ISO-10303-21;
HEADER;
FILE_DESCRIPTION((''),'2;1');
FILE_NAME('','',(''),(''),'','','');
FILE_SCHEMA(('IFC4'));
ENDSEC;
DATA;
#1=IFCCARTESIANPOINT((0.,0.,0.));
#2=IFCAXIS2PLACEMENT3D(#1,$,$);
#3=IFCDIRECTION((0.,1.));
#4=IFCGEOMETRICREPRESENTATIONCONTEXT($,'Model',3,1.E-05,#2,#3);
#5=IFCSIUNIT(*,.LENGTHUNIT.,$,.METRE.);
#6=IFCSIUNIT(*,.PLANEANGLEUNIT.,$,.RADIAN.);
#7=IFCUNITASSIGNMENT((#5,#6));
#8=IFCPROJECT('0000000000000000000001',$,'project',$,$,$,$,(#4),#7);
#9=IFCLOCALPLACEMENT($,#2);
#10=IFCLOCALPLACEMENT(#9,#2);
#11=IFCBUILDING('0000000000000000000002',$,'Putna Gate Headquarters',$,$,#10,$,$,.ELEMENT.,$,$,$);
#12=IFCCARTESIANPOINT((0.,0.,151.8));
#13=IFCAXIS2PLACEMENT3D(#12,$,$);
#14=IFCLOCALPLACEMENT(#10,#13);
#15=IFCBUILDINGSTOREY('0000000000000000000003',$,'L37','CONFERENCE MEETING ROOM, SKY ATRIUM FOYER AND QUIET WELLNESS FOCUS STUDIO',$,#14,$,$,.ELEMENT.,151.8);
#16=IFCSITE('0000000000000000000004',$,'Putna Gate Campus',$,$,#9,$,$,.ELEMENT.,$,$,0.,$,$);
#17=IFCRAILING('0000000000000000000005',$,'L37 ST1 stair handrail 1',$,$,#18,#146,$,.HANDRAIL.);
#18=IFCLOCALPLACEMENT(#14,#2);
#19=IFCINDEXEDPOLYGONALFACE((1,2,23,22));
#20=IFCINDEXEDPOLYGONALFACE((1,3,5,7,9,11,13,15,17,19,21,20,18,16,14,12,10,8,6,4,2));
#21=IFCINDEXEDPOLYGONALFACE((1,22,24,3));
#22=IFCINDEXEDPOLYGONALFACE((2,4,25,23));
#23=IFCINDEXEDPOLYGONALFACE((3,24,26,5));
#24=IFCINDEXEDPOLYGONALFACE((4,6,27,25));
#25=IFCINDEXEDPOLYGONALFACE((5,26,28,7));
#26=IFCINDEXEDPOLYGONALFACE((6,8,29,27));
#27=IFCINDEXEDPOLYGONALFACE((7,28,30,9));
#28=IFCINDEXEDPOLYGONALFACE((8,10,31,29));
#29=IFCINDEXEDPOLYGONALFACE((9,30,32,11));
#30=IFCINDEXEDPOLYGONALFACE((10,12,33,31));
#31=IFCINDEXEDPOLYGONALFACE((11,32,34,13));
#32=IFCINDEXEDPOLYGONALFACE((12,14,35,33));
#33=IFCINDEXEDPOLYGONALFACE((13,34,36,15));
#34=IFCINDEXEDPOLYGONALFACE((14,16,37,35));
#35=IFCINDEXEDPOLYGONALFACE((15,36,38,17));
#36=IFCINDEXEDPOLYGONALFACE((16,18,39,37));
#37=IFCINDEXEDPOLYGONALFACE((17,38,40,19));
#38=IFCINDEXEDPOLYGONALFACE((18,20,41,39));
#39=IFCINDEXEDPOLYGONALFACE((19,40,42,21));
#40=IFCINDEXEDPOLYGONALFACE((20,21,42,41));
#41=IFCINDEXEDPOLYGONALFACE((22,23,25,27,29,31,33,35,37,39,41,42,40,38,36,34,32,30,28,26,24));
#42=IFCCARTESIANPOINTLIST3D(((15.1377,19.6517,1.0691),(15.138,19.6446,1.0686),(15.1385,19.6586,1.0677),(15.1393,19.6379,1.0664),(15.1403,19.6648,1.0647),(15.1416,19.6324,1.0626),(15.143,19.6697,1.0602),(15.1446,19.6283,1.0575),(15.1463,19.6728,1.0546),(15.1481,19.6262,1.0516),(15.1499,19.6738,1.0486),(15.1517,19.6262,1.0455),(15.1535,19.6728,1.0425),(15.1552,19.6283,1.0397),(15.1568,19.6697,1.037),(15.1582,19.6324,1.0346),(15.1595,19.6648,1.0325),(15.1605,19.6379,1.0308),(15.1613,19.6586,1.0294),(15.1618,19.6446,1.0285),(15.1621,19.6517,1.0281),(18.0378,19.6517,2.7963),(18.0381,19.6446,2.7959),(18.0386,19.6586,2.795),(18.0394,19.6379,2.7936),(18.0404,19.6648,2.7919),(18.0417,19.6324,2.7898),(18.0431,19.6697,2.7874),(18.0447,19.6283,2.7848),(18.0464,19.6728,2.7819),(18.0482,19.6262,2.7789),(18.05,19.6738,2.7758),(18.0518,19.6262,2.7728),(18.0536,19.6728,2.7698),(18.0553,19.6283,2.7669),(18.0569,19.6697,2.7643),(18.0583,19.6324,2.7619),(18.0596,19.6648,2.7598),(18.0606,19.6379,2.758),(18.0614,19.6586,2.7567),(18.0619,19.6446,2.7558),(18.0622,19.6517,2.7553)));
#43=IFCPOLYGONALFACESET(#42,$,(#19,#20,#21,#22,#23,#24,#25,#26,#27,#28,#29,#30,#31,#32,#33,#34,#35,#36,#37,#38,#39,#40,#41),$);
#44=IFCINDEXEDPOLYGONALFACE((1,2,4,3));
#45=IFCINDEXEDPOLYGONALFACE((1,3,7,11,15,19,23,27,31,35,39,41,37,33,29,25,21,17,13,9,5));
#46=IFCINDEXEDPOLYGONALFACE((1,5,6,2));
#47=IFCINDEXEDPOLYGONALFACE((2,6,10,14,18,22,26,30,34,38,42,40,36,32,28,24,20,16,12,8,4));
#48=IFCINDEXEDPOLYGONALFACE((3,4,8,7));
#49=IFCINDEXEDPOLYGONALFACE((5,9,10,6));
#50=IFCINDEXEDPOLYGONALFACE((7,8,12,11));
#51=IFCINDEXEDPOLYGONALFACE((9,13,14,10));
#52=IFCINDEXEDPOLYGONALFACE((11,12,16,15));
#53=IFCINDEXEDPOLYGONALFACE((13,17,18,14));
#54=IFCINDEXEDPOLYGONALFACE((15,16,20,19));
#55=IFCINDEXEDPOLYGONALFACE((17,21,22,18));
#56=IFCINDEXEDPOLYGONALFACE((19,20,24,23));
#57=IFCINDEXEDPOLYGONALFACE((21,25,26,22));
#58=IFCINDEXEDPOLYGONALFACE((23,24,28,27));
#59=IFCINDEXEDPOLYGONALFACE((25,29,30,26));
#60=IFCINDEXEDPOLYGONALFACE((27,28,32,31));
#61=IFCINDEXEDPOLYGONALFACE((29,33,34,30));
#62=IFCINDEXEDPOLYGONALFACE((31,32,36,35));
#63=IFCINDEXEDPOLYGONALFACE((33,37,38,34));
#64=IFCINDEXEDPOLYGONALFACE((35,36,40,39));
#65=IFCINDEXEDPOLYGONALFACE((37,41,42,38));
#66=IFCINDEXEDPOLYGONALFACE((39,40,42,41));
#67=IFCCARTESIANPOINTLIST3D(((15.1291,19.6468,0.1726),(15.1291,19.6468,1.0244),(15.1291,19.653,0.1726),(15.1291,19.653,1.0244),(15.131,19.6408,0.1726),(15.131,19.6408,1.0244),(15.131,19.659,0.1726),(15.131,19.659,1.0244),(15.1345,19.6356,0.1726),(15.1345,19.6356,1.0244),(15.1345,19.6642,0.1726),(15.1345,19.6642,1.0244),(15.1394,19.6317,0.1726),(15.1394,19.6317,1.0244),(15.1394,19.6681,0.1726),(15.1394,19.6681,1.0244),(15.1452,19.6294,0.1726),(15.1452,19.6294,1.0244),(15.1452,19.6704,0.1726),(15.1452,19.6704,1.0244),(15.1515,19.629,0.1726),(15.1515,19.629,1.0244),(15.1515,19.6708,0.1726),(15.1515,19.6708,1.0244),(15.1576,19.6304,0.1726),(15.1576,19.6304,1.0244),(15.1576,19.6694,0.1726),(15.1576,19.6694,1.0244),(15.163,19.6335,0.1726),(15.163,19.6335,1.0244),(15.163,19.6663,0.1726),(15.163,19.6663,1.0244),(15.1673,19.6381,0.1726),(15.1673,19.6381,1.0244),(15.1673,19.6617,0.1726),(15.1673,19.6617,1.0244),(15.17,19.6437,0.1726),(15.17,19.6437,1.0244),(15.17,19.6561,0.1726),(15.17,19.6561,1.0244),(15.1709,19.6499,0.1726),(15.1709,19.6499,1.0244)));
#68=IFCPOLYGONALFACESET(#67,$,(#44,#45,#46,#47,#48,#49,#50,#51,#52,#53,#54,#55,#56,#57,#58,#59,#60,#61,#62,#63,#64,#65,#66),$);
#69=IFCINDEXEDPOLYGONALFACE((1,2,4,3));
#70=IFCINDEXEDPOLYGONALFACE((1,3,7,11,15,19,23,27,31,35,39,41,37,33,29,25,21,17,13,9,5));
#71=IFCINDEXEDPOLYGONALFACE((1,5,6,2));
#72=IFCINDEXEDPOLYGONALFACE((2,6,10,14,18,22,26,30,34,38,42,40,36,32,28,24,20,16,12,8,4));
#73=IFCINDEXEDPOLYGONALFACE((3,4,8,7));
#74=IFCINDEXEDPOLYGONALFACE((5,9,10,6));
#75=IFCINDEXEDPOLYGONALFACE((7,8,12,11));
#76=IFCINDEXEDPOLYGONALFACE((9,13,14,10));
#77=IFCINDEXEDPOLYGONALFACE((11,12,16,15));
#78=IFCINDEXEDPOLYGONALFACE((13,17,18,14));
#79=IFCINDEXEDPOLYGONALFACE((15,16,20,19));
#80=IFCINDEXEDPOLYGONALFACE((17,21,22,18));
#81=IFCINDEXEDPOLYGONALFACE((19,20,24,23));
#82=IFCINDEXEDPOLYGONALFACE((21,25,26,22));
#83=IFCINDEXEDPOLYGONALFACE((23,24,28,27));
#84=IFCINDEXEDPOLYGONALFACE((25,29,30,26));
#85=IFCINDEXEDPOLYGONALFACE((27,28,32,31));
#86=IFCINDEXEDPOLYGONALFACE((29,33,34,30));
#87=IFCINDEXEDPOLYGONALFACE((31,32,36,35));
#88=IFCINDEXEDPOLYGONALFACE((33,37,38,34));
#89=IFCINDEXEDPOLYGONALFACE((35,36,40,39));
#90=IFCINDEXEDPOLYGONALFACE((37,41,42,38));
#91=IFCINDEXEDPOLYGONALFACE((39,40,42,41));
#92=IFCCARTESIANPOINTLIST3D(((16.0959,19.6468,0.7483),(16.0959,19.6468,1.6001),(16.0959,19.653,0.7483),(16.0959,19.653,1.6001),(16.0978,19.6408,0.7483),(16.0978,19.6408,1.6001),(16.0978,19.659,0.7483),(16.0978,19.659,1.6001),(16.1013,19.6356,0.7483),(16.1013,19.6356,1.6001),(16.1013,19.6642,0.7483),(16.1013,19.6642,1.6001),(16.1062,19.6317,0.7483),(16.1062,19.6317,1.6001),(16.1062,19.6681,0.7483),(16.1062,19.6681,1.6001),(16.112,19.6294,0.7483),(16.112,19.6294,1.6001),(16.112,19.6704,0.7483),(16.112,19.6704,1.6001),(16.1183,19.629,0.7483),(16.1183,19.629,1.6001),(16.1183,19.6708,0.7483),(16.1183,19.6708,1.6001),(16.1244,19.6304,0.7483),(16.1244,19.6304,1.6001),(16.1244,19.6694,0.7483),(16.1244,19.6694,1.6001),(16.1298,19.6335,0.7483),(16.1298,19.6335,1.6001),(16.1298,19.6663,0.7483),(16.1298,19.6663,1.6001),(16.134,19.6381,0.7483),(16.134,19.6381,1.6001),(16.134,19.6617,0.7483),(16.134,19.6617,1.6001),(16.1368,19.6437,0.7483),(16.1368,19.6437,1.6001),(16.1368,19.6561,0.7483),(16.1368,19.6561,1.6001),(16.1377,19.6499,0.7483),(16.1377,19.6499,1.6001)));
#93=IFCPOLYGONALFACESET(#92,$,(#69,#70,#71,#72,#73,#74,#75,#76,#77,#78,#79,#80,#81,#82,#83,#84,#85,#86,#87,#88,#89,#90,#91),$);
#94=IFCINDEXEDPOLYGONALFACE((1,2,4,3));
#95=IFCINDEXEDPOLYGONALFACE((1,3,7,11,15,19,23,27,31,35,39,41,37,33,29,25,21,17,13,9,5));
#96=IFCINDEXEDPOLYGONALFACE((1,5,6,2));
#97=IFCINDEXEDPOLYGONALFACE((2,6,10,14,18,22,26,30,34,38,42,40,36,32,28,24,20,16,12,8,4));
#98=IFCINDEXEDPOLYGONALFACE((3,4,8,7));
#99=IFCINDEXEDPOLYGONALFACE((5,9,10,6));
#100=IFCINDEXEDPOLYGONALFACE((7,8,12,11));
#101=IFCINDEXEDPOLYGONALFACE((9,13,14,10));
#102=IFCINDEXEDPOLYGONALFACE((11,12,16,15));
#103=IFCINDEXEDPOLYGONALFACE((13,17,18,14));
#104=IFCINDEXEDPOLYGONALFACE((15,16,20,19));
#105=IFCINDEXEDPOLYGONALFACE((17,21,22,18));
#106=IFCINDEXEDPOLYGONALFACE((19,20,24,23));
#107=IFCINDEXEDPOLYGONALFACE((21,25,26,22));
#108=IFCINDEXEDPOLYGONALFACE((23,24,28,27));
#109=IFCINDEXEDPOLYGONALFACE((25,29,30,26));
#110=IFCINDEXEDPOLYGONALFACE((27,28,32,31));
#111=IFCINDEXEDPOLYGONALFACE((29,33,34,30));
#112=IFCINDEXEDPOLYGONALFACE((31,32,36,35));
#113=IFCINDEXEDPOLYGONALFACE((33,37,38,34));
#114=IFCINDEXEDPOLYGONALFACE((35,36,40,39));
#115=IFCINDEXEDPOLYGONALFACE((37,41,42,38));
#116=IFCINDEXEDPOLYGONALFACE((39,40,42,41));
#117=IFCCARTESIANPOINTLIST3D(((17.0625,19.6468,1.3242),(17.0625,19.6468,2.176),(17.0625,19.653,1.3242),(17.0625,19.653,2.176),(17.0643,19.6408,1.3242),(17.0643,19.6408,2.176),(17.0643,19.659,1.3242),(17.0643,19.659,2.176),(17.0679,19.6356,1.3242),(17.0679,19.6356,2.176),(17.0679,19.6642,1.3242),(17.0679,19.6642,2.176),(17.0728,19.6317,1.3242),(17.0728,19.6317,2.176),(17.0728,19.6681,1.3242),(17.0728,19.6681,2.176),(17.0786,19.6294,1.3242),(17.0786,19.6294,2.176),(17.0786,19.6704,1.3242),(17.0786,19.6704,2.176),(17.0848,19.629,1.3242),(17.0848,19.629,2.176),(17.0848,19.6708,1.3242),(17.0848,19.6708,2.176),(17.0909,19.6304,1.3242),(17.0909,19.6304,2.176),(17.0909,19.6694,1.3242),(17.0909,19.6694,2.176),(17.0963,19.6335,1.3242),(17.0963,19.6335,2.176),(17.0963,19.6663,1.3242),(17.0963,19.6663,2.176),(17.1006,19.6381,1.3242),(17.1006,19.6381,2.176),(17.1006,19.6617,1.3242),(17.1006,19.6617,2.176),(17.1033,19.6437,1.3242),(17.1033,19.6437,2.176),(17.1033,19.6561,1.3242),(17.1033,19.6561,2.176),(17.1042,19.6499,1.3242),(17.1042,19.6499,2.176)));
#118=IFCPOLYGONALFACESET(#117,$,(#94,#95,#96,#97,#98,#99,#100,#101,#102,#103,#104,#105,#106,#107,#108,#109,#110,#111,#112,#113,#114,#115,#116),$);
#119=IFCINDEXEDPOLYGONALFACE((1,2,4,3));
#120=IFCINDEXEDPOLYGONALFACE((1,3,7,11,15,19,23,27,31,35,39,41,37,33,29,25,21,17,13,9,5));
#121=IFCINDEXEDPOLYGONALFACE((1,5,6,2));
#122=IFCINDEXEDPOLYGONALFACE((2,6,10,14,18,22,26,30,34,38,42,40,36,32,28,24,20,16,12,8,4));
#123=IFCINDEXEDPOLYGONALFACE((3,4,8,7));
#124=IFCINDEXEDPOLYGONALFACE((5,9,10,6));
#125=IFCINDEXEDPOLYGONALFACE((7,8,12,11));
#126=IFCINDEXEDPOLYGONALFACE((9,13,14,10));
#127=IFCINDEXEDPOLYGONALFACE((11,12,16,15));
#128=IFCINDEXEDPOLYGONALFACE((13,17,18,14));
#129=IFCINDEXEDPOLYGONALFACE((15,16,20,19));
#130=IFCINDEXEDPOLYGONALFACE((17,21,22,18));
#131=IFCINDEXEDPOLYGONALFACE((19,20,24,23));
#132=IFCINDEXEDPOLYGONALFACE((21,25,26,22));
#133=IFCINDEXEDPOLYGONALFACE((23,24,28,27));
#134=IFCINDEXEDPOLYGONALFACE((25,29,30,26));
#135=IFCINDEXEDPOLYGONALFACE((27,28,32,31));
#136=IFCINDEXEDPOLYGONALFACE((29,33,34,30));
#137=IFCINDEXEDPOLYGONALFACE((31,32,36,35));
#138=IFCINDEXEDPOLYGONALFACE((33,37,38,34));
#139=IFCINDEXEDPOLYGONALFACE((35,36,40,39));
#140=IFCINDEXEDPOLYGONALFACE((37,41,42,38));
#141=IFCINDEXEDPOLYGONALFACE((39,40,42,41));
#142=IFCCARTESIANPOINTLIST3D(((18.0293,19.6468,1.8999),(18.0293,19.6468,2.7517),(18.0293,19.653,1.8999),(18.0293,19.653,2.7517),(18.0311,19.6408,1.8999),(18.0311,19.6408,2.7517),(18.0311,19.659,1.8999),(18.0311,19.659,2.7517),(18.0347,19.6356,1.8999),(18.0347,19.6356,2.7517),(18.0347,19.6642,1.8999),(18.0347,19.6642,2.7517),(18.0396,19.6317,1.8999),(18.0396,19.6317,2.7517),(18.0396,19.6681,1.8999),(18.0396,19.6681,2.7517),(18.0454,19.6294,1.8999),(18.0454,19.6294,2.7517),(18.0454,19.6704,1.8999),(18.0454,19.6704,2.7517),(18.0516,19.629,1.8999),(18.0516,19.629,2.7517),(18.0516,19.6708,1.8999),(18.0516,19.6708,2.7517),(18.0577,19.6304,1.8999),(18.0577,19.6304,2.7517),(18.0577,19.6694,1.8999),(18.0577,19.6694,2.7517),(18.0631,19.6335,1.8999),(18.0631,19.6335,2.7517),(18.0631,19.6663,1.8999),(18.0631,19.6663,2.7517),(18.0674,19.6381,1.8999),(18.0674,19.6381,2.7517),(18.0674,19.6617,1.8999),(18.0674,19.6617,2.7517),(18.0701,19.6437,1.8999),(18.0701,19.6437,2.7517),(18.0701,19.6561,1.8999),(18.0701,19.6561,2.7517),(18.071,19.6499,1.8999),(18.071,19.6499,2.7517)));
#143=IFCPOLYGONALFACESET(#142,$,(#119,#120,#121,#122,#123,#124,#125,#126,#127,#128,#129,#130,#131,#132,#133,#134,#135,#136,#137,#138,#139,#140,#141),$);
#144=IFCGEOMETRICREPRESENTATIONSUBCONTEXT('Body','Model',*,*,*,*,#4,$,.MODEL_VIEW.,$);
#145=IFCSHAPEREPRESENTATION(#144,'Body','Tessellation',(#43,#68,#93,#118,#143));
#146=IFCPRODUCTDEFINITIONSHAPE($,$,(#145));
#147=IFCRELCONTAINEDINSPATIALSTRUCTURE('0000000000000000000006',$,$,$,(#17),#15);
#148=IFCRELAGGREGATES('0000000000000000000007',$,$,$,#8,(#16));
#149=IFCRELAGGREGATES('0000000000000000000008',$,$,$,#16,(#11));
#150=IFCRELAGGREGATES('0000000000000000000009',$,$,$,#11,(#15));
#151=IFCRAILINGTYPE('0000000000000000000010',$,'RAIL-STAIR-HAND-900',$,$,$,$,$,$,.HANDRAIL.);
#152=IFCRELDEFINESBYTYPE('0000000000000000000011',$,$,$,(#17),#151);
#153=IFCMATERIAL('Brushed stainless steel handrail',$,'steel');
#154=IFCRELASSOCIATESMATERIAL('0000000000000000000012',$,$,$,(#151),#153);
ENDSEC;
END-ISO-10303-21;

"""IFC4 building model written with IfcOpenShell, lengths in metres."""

from ifc_helpers import new_model, si_unit, direction, frame, origin, origin_2d, place, context, subcontext, project, spatial, circle, extrude, material, type_object, element, save


model = new_model("IFC4")

# Units and contexts
model_context = context("Model", 3, precision=1e-05, world=origin(), true_north=direction((0.0, 1.0)))
body_context = subcontext(model_context, "Body", "Model", "MODEL_VIEW")
ifc_project = project(units=[si_unit("LENGTHUNIT", "METRE"), si_unit("PLANEANGLEUNIT", "RADIAN")], contexts=[model_context])

# Site, building, storey
site_placement = place(None, origin())
site = spatial("IfcSite", under=ifc_project, at=site_placement, Name="Putna Gate Campus", CompositionType="ELEMENT", RefElevation=0.0)
building_placement = place(site_placement, origin())
building = spatial("IfcBuilding", under=site, at=building_placement, Name="Putna Gate Headquarters", CompositionType="ELEMENT")
storey_placement = place(building_placement, frame((0.0, 0.0, 151.8)))
storey = spatial("IfcBuildingStorey", under=building, at=storey_placement, Name="L37", Description="CONFERENCE MEETING ROOM, SKY ATRIUM FOYER AND QUIET WELLNESS FOCUS STUDIO", CompositionType="ELEMENT", Elevation=151.8)

# Railing
ifc_material_1 = material(Name="Brushed stainless steel handrail", Category="steel")
railing_type_1 = type_object("IfcRailingType", Name="RAIL-STAIR-HAND-900", PredefinedType="HANDRAIL", material=ifc_material_1)
railing_1_placement = place(storey_placement, frame((15.1499, 19.6499, 0.1726)))
element("IfcRailing", 1, at=railing_1_placement, inside=storey, type_object=railing_type_1, Name="L37 ST1 stair handrail 1", PredefinedType="HANDRAIL", context=body_context, shape_type="SweptSolid", body=[
    extrude(circle(Radius=0.0239, at=origin_2d()), frame((0.0, 0.0, 0.876), z_axis=(0.85916, 0.0, 0.511706), x_axis=(0.0, 1.0, 0.0)), (0.0, 0.0, 1.0), 3.3755),
    extrude(circle(Radius=0.021, at=origin_2d()), origin(), (0.0, 0.0, 1.0), 0.8518),
    extrude(circle(Radius=0.021, at=origin_2d()), frame((0.9668, 0.0, 0.5757)), (0.0, 0.0, 1.0), 0.8518),
    extrude(circle(Radius=0.021, at=origin_2d()), frame((1.9333, 0.0, 1.1516)), (0.0, 0.0, 1.0), 0.8518),
    extrude(circle(Radius=0.021, at=origin_2d()), frame((2.9001, 0.0, 1.7273)), (0.0, 0.0, 1.0), 0.8518),
])

save(model, "model.ifc")
